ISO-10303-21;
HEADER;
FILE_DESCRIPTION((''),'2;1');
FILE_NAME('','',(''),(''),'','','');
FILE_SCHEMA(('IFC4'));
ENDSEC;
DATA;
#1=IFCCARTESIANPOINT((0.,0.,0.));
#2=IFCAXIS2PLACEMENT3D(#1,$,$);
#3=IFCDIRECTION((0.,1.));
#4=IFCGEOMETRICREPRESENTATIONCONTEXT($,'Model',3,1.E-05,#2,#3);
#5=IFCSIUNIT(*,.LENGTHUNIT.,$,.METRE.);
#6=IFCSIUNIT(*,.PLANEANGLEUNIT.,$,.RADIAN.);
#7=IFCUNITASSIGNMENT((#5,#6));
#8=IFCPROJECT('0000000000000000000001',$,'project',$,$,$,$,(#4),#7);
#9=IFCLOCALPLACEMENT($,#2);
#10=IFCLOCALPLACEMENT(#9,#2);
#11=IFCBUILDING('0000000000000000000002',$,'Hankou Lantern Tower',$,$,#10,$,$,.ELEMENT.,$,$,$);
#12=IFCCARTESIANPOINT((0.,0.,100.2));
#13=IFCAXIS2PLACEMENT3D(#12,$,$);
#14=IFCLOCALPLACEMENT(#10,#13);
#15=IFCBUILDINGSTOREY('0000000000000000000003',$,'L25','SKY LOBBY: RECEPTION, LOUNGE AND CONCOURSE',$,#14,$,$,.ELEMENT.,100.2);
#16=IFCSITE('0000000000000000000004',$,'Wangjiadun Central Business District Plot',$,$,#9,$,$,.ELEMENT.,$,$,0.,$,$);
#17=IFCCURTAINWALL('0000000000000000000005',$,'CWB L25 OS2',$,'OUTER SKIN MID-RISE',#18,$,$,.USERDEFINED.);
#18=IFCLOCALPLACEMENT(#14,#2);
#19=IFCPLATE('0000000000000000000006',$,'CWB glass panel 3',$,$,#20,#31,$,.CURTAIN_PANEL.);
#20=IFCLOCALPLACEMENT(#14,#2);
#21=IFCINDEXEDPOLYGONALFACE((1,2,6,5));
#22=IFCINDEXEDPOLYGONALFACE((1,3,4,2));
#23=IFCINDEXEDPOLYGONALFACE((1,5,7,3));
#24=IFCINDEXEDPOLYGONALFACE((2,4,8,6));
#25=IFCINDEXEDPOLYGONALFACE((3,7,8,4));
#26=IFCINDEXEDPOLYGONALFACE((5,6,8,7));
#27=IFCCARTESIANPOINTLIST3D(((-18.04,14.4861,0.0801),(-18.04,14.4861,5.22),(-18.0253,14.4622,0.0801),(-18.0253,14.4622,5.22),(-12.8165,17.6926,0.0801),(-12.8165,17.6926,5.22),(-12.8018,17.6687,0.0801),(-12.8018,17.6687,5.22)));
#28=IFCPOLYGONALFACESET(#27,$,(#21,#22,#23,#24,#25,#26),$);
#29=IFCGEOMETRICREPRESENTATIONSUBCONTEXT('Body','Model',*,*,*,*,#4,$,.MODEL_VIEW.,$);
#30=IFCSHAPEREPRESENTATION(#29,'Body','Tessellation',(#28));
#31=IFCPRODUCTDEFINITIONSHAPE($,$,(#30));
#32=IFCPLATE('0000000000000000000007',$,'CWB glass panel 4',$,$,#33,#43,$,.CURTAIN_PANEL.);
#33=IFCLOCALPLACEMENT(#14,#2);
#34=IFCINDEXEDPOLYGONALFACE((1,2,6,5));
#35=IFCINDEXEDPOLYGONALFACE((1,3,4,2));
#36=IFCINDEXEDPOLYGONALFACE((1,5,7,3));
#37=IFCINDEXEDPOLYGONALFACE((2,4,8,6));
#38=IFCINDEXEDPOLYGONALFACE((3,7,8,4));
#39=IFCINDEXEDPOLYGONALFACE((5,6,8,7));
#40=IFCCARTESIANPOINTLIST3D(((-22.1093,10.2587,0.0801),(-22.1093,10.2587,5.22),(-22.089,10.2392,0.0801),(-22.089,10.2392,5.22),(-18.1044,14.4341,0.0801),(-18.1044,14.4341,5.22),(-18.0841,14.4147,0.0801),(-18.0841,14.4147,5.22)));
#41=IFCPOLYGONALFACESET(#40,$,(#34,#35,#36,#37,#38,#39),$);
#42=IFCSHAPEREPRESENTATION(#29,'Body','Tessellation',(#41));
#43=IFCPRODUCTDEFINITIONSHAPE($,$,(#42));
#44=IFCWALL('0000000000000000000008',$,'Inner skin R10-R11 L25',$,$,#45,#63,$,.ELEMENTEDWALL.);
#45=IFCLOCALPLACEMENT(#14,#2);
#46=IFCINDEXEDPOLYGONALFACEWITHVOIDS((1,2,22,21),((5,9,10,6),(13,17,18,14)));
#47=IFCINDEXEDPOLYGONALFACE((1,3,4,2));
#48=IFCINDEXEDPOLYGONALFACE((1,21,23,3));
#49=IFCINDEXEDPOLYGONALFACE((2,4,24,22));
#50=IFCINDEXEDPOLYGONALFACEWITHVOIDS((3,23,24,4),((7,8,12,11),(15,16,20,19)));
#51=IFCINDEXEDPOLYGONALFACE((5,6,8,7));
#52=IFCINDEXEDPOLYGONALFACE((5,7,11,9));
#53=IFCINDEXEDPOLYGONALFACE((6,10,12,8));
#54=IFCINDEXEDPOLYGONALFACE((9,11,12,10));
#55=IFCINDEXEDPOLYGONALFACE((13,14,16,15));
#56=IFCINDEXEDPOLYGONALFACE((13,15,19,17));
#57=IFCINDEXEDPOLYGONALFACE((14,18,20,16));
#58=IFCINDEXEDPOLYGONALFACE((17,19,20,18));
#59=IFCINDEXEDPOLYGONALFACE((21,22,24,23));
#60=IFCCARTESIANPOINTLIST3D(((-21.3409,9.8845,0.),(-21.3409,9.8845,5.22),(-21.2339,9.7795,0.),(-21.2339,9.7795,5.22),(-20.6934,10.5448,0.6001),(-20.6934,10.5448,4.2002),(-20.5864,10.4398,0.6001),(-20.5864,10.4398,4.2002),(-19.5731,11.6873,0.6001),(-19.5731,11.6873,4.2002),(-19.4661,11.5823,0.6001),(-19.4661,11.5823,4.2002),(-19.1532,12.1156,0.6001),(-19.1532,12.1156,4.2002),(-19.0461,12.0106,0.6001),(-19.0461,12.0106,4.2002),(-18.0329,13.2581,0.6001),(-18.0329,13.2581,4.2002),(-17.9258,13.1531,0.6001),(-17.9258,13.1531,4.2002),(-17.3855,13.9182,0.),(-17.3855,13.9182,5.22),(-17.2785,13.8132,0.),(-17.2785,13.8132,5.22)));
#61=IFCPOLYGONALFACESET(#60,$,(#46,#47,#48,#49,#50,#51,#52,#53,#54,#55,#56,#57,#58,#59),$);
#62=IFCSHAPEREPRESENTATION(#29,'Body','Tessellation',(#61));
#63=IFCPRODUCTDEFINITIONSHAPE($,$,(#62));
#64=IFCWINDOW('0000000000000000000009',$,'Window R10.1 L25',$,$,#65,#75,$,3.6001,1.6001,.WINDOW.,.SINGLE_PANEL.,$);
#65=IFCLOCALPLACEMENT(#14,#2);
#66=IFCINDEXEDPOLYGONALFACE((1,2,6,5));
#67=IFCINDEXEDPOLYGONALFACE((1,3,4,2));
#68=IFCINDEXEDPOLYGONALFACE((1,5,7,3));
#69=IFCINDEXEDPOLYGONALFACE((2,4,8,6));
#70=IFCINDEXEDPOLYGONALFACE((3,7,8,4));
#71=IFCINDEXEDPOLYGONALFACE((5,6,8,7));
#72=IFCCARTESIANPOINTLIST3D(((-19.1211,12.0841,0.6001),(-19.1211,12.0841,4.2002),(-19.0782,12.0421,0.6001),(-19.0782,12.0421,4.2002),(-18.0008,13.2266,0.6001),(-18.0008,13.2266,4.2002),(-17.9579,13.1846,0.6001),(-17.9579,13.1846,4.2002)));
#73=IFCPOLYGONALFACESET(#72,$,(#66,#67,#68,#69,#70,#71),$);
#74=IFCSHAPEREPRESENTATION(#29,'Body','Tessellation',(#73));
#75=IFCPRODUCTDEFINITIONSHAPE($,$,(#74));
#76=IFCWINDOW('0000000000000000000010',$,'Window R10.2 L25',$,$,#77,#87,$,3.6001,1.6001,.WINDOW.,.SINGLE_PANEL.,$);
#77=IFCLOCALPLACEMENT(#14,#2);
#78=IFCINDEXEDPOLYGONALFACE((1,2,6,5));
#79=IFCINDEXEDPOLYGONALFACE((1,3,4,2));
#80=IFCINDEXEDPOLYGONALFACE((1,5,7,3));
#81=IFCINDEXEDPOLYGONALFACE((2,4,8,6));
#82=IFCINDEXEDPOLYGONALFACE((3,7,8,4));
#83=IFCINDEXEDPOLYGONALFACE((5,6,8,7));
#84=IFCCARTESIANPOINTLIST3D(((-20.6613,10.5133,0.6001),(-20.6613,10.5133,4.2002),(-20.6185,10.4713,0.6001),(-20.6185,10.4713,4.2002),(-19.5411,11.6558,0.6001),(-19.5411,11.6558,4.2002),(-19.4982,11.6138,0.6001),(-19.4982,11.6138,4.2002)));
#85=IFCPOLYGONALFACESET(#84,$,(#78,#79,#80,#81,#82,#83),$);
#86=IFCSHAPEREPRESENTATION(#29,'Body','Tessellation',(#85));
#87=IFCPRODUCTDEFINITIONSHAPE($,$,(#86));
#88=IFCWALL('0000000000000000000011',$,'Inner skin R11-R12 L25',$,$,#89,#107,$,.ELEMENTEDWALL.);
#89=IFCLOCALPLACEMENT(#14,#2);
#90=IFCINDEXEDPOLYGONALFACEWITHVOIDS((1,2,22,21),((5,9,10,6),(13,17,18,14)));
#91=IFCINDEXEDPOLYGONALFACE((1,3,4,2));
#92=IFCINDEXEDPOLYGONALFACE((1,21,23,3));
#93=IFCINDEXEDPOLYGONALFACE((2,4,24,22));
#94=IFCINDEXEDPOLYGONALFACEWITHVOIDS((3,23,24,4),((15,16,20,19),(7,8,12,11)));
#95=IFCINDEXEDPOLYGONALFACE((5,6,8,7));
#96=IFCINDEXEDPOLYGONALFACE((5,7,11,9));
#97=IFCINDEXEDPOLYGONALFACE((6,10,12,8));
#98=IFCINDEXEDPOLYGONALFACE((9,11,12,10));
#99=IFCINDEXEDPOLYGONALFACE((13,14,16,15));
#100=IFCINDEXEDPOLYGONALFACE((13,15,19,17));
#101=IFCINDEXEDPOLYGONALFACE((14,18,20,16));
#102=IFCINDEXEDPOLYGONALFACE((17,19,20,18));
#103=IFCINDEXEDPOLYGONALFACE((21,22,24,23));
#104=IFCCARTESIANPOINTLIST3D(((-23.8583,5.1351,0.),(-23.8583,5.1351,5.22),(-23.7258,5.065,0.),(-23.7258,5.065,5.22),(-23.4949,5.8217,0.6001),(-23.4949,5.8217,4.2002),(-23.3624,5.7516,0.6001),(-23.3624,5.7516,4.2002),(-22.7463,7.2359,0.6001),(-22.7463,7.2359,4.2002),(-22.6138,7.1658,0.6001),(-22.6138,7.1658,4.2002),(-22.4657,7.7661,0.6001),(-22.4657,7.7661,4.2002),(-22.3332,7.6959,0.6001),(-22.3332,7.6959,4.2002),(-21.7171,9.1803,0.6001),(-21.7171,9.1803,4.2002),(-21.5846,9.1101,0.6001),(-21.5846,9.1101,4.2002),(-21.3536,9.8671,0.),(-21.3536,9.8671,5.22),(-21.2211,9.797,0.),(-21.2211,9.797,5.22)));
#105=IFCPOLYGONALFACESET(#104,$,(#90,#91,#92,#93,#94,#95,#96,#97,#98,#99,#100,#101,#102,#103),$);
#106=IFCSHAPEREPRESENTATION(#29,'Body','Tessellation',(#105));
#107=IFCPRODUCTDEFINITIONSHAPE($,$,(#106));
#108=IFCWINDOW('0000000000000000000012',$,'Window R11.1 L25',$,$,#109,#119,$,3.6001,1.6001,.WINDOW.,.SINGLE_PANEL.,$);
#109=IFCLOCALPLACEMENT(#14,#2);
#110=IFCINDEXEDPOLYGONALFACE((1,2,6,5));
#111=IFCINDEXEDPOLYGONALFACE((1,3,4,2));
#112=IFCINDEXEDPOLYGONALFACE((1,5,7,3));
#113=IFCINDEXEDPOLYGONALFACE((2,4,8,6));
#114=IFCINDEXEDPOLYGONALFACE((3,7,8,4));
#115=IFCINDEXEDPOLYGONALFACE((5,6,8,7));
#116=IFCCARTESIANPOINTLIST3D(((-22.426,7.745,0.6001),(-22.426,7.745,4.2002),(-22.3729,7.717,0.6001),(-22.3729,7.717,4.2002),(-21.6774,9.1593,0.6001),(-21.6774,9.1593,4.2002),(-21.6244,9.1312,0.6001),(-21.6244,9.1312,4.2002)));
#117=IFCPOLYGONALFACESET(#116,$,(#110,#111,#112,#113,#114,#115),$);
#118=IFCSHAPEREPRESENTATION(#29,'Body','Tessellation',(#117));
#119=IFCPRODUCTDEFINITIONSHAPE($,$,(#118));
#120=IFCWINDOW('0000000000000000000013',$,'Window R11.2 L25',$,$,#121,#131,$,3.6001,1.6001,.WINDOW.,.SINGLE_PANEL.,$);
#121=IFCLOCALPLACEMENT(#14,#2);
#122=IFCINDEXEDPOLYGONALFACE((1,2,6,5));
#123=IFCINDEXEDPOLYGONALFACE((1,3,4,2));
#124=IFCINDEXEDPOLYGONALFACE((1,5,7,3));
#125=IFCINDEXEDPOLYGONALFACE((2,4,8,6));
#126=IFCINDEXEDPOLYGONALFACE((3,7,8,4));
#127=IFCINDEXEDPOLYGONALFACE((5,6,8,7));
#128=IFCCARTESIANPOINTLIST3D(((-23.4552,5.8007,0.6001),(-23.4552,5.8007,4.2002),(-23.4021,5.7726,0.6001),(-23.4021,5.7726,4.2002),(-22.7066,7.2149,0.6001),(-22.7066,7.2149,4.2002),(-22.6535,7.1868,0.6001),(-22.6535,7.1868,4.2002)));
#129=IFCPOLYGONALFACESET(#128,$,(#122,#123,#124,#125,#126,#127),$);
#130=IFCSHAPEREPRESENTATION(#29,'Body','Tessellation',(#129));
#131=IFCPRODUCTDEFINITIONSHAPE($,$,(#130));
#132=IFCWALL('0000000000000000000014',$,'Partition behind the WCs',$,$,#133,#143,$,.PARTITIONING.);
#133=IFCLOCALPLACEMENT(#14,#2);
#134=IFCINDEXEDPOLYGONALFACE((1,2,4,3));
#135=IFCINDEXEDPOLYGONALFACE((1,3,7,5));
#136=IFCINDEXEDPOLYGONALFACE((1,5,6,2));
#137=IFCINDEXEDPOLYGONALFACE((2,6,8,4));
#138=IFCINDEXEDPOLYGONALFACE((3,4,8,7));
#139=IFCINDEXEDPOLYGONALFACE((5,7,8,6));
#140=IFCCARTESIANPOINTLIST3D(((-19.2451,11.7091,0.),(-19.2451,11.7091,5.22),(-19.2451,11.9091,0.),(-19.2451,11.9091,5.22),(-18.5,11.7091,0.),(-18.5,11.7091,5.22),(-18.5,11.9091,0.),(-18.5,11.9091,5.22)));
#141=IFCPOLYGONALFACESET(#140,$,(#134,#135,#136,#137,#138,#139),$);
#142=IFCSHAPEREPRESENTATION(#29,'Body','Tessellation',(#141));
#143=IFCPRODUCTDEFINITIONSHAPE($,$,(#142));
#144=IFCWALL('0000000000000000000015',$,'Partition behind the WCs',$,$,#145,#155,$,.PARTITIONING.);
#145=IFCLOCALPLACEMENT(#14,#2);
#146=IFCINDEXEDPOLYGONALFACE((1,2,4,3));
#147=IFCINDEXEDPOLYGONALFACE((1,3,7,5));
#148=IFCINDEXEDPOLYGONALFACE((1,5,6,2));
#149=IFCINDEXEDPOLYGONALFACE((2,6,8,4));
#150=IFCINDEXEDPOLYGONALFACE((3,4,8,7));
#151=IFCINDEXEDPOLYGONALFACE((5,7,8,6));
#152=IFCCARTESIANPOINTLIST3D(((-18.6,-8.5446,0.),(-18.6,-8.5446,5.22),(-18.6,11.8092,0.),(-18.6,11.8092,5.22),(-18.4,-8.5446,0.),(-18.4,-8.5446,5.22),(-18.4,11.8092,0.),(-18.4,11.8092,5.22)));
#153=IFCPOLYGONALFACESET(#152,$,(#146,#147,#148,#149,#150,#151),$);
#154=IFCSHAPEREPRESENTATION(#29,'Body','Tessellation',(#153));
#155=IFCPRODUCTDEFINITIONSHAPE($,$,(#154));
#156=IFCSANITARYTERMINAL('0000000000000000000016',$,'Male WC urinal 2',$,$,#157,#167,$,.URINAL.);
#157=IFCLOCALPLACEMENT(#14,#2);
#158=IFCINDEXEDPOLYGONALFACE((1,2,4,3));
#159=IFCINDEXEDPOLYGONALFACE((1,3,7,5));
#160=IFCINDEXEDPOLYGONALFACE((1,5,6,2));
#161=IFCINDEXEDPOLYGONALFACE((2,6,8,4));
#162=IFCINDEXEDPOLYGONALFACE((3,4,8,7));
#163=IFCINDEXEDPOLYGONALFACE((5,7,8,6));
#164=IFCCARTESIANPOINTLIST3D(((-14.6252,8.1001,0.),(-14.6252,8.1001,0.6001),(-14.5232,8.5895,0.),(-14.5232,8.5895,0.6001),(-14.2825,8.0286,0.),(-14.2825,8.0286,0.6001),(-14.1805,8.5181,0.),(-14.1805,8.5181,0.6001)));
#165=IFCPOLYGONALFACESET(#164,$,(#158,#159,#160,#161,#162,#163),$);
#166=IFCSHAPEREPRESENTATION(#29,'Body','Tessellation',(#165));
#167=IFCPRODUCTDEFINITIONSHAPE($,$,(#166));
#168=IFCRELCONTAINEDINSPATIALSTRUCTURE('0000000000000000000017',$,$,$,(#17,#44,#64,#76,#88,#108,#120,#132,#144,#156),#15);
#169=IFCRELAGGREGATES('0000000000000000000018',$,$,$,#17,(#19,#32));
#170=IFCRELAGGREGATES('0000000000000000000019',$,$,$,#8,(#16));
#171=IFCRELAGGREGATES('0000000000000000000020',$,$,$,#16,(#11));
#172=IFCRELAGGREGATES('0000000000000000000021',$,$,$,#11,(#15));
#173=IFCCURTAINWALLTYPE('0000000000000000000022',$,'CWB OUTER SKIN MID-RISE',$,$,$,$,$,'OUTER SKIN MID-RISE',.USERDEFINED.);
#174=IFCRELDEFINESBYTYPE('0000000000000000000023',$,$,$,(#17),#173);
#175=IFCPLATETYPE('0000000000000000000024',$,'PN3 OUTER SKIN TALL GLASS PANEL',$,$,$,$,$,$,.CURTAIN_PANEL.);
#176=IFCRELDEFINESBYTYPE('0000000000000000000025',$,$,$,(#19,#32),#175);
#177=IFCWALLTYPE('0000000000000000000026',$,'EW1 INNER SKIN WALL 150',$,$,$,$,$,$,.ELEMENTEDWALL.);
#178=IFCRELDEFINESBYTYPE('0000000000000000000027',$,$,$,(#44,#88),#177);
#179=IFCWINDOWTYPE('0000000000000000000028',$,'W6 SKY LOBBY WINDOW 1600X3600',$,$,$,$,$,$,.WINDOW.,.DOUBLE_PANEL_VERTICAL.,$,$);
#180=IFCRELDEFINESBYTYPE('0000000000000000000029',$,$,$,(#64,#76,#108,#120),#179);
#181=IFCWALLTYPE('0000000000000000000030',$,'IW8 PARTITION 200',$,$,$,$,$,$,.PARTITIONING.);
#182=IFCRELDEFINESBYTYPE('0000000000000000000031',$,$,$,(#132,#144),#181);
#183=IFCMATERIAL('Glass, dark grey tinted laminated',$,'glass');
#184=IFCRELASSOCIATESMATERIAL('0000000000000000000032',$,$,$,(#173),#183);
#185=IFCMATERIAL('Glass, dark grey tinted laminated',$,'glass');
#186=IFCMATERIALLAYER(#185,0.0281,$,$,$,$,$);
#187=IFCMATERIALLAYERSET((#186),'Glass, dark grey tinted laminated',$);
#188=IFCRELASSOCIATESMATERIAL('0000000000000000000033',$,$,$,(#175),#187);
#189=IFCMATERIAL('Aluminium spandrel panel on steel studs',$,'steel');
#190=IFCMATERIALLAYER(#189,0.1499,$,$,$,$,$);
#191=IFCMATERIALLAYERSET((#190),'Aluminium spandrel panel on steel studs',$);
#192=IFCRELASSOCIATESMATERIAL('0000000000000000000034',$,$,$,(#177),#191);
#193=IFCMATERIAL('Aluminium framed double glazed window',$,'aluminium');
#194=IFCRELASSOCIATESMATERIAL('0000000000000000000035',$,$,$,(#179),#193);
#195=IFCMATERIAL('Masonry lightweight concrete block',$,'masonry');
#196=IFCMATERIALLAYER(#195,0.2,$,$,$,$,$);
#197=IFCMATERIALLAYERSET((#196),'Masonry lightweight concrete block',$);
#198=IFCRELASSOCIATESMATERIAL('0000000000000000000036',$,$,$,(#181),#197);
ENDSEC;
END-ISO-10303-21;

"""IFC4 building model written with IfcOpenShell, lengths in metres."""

from ifc_helpers import new_model, si_unit, direction, frame, frame_2d, origin, origin_2d, place, context, subcontext, project, spatial, rectangle, extrude, material, layer, layer_set, type_object, element, fill, aggregate, save


model = new_model("IFC4")

# Units and contexts
model_context = context("Model", 3, precision=1e-05, world=origin(), true_north=direction((0.0, 1.0)))
body_context = subcontext(model_context, "Body", "Model", "MODEL_VIEW")
ifc_project = project(units=[si_unit("LENGTHUNIT", "METRE"), si_unit("PLANEANGLEUNIT", "RADIAN")], contexts=[model_context])

# Site, building, storey
site_placement = place(None, origin())
site = spatial("IfcSite", under=ifc_project, at=site_placement, Name="Wangjiadun Central Business District Plot", CompositionType="ELEMENT", RefElevation=0.0)
building_placement = place(site_placement, origin())
building = spatial("IfcBuilding", under=site, at=building_placement, Name="Hankou Lantern Tower", CompositionType="ELEMENT")
storey_placement = place(building_placement, frame((0.0, 0.0, 100.2)))
storey = spatial("IfcBuildingStorey", under=building, at=storey_placement, Name="L25", Description="SKY LOBBY: RECEPTION, LOUNGE AND CONCOURSE", CompositionType="ELEMENT", Elevation=100.2)

# Curtain wall
ifc_material_1 = material(Name="Glass, dark grey tinted laminated", Category="glass")
curtain_wall_type = type_object("IfcCurtainWallType", Name="CWB OUTER SKIN MID-RISE", ElementType="OUTER SKIN MID-RISE", PredefinedType="USERDEFINED", material=ifc_material_1)
curtain_wall_placement = place(storey_placement, origin())
curtain_wall = element("IfcCurtainWall", 1, at=curtain_wall_placement, inside=storey, type_object=curtain_wall_type, Name="CWB L25 OS2", ObjectType="OUTER SKIN MID-RISE", PredefinedType="USERDEFINED")

# Plates
ifc_material_2 = material(Name="Glass, dark grey tinted laminated", Category="glass")
ifc_layer_1 = layer(ifc_material_2, 0.0281)
ifc_layer_set_1 = layer_set([ifc_layer_1], Name="Glass, dark grey tinted laminated")
plate_type = type_object("IfcPlateType", Name="PN3 OUTER SKIN TALL GLASS PANEL", PredefinedType="CURTAIN_PANEL", material=ifc_layer_set_1)
plate_1_placement = place(storey_placement, frame((-15.4209, 16.0774, 0.0801), z_axis=(0.0, 0.0, 1.0), x_axis=(-0.852237, -0.523156, 0.0)))
plate_1 = element("IfcPlate", 2, at=plate_1_placement, type_object=plate_type, Name="CWB glass panel 3", PredefinedType="CURTAIN_PANEL", context=body_context, shape_type="SweptSolid", body=[
    extrude(rectangle(XDim=6.1292, YDim=0.0281, at=origin_2d()), origin(), (0.0, 0.0, 1.0), 5.1399),
])
plate_2_placement = place(storey_placement, frame((-20.0967, 12.3367, 0.0801), z_axis=(0.0, 0.0, 1.0), x_axis=(-0.692216, -0.721691, 0.0)))
plate_2 = element("IfcPlate", 3, at=plate_2_placement, type_object=plate_type, Name="CWB glass panel 4", PredefinedType="CURTAIN_PANEL", context=body_context, shape_type="SweptSolid", body=[
    extrude(rectangle(XDim=5.7856, YDim=0.0281, at=origin_2d()), origin(), (0.0, 0.0, 1.0), 5.1399),
])
aggregate(curtain_wall, [plate_1, plate_2])

# Walls, openings, windows
ifc_material_3 = material(Name="Aluminium spandrel panel on steel studs", Category="steel")
ifc_layer_2 = layer(ifc_material_3, 0.1499)
ifc_layer_set_2 = layer_set([ifc_layer_2], Name="Aluminium spandrel panel on steel studs")
wall_type_1 = type_object("IfcWallType", Name="EW1 INNER SKIN WALL 150", PredefinedType="ELEMENTEDWALL", material=ifc_layer_set_2)
wall_1_placement = place(storey_placement, frame((-17.332, 13.8657, 0.0), z_axis=(0.0, 0.0, 1.0), x_axis=(-0.700137, -0.714009, 0.0)))
wall_1 = element("IfcWall", 4, at=wall_1_placement, inside=storey, type_object=wall_type_1, Name="Inner skin R10-R11 L25", PredefinedType="ELEMENTEDWALL", context=body_context, shape_type="SweptSolid", body=[
    extrude(rectangle(XDim=5.6494, YDim=0.1499, at=frame_2d((2.8247, 0.0))), origin(), (0.0, 0.0, 1.0), 5.22),
])
opening_1_placement = place(wall_1_placement, frame((0.9246, 0.0, 0.6001)))
opening_1 = element("IfcOpeningElement", 5, at=opening_1_placement, cuts=wall_1, PredefinedType="OPENING", context=body_context, shape_type="SweptSolid", body=[
    extrude(rectangle(XDim=1.6001, YDim=3.6001, at=frame_2d((0.8, 1.8))), frame((0.0, 0.085, 0.0), z_axis=(0.0, -1.0, 0.0), x_axis=(1.0, 0.0, 0.0)), (0.0, 0.0, 1.0), 0.1699),
])
opening_2_placement = place(wall_1_placement, frame((3.1245, 0.0, 0.6001)))
opening_2 = element("IfcOpeningElement", 6, at=opening_2_placement, cuts=wall_1, PredefinedType="OPENING", context=body_context, shape_type="SweptSolid", body=[
    extrude(rectangle(XDim=1.6001, YDim=3.6001, at=frame_2d((0.8, 1.8))), frame((0.0, 0.085, 0.0), z_axis=(0.0, -1.0, 0.0), x_axis=(1.0, 0.0, 0.0)), (0.0, 0.0, 1.0), 0.1699),
])
ifc_material_4 = material(Name="Aluminium framed double glazed window", Category="aluminium")
window_type = type_object("IfcWindowType", Name="W6 SKY LOBBY WINDOW 1600X3600", PartitioningType="DOUBLE_PANEL_VERTICAL", PredefinedType="WINDOW", material=ifc_material_4)
window_1_placement = place(opening_1_placement, origin())
window_1 = element("IfcWindow", 7, at=window_1_placement, inside=storey, type_object=window_type, Name="Window R10.1 L25", OverallHeight=3.6001, OverallWidth=1.6001, PartitioningType="SINGLE_PANEL", PredefinedType="WINDOW", context=body_context, shape_type="SweptSolid", body=[
    extrude(rectangle(XDim=1.6001, YDim=3.6001, at=frame_2d((0.8, 1.8))), frame((0.0, 0.03, 0.0), z_axis=(0.0, -1.0, 0.0), x_axis=(1.0, 0.0, 0.0)), (0.0, 0.0, 1.0), 0.0601),
])
fill(opening_1, window_1)
window_2_placement = place(opening_2_placement, origin())
window_2 = element("IfcWindow", 8, at=window_2_placement, inside=storey, type_object=window_type, Name="Window R10.2 L25", OverallHeight=3.6001, OverallWidth=1.6001, PartitioningType="SINGLE_PANEL", PredefinedType="WINDOW", context=body_context, shape_type="SweptSolid", body=[
    extrude(rectangle(XDim=1.6001, YDim=3.6001, at=frame_2d((0.8, 1.8))), frame((0.0, 0.03, 0.0), z_axis=(0.0, -1.0, 0.0), x_axis=(1.0, 0.0, 0.0)), (0.0, 0.0, 1.0), 0.0601),
])
fill(opening_2, window_2)
wall_2_placement = place(storey_placement, frame((-21.2874, 9.832, 0.0), z_axis=(0.0, 0.0, 1.0), x_axis=(-0.467814, -0.883827, 0.0)))
wall_2 = element("IfcWall", 9, at=wall_2_placement, inside=storey, type_object=wall_type_1, Name="Inner skin R11-R12 L25", PredefinedType="ELEMENTEDWALL", context=body_context, shape_type="SweptSolid", body=[
    extrude(rectangle(XDim=5.354, YDim=0.1499, at=frame_2d((2.677, 0.0))), origin(), (0.0, 0.0, 1.0), 5.22),
])
opening_3_placement = place(wall_2_placement, frame((0.7771, 0.0, 0.6001)))
opening_3 = element("IfcOpeningElement", 10, at=opening_3_placement, cuts=wall_2, PredefinedType="OPENING", context=body_context, shape_type="SweptSolid", body=[
    extrude(rectangle(XDim=1.6001, YDim=3.6001, at=frame_2d((0.8, 1.8))), frame((0.0, 0.085, 0.0), z_axis=(0.0, -1.0, 0.0), x_axis=(1.0, 0.0, 0.0)), (0.0, 0.0, 1.0), 0.1699),
])
opening_4_placement = place(wall_2_placement, frame((2.9771, 0.0, 0.6001)))
opening_4 = element("IfcOpeningElement", 11, at=opening_4_placement, cuts=wall_2, PredefinedType="OPENING", context=body_context, shape_type="SweptSolid", body=[
    extrude(rectangle(XDim=1.6001, YDim=3.6001, at=frame_2d((0.8, 1.8))), frame((0.0, 0.085, 0.0), z_axis=(0.0, -1.0, 0.0), x_axis=(1.0, 0.0, 0.0)), (0.0, 0.0, 1.0), 0.1699),
])
window_3_placement = place(opening_3_placement, origin())
window_3 = element("IfcWindow", 12, at=window_3_placement, inside=storey, type_object=window_type, Name="Window R11.1 L25", OverallHeight=3.6001, OverallWidth=1.6001, PartitioningType="SINGLE_PANEL", PredefinedType="WINDOW", context=body_context, shape_type="SweptSolid", body=[
    extrude(rectangle(XDim=1.6001, YDim=3.6001, at=frame_2d((0.8, 1.8))), frame((0.0, 0.03, 0.0), z_axis=(0.0, -1.0, 0.0), x_axis=(1.0, 0.0, 0.0)), (0.0, 0.0, 1.0), 0.0601),
])
fill(opening_3, window_3)
window_4_placement = place(opening_4_placement, origin())
window_4 = element("IfcWindow", 13, at=window_4_placement, inside=storey, type_object=window_type, Name="Window R11.2 L25", OverallHeight=3.6001, OverallWidth=1.6001, PartitioningType="SINGLE_PANEL", PredefinedType="WINDOW", context=body_context, shape_type="SweptSolid", body=[
    extrude(rectangle(XDim=1.6001, YDim=3.6001, at=frame_2d((0.8, 1.8))), frame((0.0, 0.03, 0.0), z_axis=(0.0, -1.0, 0.0), x_axis=(1.0, 0.0, 0.0)), (0.0, 0.0, 1.0), 0.0601),
])
fill(opening_4, window_4)

# Walls
ifc_material_5 = material(Name="Masonry lightweight concrete block", Category="masonry")
ifc_layer_3 = layer(ifc_material_5, 0.2)
ifc_layer_set_3 = layer_set([ifc_layer_3], Name="Masonry lightweight concrete block")
wall_type_2 = type_object("IfcWallType", Name="IW8 PARTITION 200", PredefinedType="PARTITIONING", material=ifc_layer_set_3)
wall_3_placement = place(storey_placement, frame((-19.2451, 11.8091, 0.0), z_axis=(0.0, 0.0, 1.0), x_axis=(1.0, 0.0, 0.0)))
element("IfcWall", 14, at=wall_3_placement, inside=storey, type_object=wall_type_2, Name="Partition behind the WCs", PredefinedType="PARTITIONING", context=body_context, shape_type="SweptSolid", body=[
    extrude(rectangle(XDim=0.7451, YDim=0.2, at=frame_2d((0.3726, 0.0))), origin(), (0.0, 0.0, 1.0), 5.22),
])
wall_4_placement = place(storey_placement, frame((-18.5, 11.8091, 0.0), z_axis=(0.0, 0.0, 1.0), x_axis=(0.0, -1.0, 0.0)))
element("IfcWall", 15, at=wall_4_placement, inside=storey, type_object=wall_type_2, Name="Partition behind the WCs", PredefinedType="PARTITIONING", context=body_context, shape_type="SweptSolid", body=[
    extrude(rectangle(XDim=20.3538, YDim=0.2, at=frame_2d((10.1768, 0.0))), origin(), (0.0, 0.0, 1.0), 5.22),
])

# Sanitary terminal
sanitary_terminal_placement = place(storey_placement, frame((-14.4028, 8.3091, 0.0), z_axis=(0.0, 0.0, 1.0), x_axis=(-0.204023, -0.978966, 0.0)))
element("IfcSanitaryTerminal", 16, at=sanitary_terminal_placement, inside=storey, Name="Male WC urinal 2", PredefinedType="URINAL", context=body_context, shape_type="SweptSolid", body=[
    extrude(rectangle(XDim=0.5, YDim=0.3501, at=origin_2d()), origin(), (0.0, 0.0, 1.0), 0.6001),
])

save(model, "model.ifc")
